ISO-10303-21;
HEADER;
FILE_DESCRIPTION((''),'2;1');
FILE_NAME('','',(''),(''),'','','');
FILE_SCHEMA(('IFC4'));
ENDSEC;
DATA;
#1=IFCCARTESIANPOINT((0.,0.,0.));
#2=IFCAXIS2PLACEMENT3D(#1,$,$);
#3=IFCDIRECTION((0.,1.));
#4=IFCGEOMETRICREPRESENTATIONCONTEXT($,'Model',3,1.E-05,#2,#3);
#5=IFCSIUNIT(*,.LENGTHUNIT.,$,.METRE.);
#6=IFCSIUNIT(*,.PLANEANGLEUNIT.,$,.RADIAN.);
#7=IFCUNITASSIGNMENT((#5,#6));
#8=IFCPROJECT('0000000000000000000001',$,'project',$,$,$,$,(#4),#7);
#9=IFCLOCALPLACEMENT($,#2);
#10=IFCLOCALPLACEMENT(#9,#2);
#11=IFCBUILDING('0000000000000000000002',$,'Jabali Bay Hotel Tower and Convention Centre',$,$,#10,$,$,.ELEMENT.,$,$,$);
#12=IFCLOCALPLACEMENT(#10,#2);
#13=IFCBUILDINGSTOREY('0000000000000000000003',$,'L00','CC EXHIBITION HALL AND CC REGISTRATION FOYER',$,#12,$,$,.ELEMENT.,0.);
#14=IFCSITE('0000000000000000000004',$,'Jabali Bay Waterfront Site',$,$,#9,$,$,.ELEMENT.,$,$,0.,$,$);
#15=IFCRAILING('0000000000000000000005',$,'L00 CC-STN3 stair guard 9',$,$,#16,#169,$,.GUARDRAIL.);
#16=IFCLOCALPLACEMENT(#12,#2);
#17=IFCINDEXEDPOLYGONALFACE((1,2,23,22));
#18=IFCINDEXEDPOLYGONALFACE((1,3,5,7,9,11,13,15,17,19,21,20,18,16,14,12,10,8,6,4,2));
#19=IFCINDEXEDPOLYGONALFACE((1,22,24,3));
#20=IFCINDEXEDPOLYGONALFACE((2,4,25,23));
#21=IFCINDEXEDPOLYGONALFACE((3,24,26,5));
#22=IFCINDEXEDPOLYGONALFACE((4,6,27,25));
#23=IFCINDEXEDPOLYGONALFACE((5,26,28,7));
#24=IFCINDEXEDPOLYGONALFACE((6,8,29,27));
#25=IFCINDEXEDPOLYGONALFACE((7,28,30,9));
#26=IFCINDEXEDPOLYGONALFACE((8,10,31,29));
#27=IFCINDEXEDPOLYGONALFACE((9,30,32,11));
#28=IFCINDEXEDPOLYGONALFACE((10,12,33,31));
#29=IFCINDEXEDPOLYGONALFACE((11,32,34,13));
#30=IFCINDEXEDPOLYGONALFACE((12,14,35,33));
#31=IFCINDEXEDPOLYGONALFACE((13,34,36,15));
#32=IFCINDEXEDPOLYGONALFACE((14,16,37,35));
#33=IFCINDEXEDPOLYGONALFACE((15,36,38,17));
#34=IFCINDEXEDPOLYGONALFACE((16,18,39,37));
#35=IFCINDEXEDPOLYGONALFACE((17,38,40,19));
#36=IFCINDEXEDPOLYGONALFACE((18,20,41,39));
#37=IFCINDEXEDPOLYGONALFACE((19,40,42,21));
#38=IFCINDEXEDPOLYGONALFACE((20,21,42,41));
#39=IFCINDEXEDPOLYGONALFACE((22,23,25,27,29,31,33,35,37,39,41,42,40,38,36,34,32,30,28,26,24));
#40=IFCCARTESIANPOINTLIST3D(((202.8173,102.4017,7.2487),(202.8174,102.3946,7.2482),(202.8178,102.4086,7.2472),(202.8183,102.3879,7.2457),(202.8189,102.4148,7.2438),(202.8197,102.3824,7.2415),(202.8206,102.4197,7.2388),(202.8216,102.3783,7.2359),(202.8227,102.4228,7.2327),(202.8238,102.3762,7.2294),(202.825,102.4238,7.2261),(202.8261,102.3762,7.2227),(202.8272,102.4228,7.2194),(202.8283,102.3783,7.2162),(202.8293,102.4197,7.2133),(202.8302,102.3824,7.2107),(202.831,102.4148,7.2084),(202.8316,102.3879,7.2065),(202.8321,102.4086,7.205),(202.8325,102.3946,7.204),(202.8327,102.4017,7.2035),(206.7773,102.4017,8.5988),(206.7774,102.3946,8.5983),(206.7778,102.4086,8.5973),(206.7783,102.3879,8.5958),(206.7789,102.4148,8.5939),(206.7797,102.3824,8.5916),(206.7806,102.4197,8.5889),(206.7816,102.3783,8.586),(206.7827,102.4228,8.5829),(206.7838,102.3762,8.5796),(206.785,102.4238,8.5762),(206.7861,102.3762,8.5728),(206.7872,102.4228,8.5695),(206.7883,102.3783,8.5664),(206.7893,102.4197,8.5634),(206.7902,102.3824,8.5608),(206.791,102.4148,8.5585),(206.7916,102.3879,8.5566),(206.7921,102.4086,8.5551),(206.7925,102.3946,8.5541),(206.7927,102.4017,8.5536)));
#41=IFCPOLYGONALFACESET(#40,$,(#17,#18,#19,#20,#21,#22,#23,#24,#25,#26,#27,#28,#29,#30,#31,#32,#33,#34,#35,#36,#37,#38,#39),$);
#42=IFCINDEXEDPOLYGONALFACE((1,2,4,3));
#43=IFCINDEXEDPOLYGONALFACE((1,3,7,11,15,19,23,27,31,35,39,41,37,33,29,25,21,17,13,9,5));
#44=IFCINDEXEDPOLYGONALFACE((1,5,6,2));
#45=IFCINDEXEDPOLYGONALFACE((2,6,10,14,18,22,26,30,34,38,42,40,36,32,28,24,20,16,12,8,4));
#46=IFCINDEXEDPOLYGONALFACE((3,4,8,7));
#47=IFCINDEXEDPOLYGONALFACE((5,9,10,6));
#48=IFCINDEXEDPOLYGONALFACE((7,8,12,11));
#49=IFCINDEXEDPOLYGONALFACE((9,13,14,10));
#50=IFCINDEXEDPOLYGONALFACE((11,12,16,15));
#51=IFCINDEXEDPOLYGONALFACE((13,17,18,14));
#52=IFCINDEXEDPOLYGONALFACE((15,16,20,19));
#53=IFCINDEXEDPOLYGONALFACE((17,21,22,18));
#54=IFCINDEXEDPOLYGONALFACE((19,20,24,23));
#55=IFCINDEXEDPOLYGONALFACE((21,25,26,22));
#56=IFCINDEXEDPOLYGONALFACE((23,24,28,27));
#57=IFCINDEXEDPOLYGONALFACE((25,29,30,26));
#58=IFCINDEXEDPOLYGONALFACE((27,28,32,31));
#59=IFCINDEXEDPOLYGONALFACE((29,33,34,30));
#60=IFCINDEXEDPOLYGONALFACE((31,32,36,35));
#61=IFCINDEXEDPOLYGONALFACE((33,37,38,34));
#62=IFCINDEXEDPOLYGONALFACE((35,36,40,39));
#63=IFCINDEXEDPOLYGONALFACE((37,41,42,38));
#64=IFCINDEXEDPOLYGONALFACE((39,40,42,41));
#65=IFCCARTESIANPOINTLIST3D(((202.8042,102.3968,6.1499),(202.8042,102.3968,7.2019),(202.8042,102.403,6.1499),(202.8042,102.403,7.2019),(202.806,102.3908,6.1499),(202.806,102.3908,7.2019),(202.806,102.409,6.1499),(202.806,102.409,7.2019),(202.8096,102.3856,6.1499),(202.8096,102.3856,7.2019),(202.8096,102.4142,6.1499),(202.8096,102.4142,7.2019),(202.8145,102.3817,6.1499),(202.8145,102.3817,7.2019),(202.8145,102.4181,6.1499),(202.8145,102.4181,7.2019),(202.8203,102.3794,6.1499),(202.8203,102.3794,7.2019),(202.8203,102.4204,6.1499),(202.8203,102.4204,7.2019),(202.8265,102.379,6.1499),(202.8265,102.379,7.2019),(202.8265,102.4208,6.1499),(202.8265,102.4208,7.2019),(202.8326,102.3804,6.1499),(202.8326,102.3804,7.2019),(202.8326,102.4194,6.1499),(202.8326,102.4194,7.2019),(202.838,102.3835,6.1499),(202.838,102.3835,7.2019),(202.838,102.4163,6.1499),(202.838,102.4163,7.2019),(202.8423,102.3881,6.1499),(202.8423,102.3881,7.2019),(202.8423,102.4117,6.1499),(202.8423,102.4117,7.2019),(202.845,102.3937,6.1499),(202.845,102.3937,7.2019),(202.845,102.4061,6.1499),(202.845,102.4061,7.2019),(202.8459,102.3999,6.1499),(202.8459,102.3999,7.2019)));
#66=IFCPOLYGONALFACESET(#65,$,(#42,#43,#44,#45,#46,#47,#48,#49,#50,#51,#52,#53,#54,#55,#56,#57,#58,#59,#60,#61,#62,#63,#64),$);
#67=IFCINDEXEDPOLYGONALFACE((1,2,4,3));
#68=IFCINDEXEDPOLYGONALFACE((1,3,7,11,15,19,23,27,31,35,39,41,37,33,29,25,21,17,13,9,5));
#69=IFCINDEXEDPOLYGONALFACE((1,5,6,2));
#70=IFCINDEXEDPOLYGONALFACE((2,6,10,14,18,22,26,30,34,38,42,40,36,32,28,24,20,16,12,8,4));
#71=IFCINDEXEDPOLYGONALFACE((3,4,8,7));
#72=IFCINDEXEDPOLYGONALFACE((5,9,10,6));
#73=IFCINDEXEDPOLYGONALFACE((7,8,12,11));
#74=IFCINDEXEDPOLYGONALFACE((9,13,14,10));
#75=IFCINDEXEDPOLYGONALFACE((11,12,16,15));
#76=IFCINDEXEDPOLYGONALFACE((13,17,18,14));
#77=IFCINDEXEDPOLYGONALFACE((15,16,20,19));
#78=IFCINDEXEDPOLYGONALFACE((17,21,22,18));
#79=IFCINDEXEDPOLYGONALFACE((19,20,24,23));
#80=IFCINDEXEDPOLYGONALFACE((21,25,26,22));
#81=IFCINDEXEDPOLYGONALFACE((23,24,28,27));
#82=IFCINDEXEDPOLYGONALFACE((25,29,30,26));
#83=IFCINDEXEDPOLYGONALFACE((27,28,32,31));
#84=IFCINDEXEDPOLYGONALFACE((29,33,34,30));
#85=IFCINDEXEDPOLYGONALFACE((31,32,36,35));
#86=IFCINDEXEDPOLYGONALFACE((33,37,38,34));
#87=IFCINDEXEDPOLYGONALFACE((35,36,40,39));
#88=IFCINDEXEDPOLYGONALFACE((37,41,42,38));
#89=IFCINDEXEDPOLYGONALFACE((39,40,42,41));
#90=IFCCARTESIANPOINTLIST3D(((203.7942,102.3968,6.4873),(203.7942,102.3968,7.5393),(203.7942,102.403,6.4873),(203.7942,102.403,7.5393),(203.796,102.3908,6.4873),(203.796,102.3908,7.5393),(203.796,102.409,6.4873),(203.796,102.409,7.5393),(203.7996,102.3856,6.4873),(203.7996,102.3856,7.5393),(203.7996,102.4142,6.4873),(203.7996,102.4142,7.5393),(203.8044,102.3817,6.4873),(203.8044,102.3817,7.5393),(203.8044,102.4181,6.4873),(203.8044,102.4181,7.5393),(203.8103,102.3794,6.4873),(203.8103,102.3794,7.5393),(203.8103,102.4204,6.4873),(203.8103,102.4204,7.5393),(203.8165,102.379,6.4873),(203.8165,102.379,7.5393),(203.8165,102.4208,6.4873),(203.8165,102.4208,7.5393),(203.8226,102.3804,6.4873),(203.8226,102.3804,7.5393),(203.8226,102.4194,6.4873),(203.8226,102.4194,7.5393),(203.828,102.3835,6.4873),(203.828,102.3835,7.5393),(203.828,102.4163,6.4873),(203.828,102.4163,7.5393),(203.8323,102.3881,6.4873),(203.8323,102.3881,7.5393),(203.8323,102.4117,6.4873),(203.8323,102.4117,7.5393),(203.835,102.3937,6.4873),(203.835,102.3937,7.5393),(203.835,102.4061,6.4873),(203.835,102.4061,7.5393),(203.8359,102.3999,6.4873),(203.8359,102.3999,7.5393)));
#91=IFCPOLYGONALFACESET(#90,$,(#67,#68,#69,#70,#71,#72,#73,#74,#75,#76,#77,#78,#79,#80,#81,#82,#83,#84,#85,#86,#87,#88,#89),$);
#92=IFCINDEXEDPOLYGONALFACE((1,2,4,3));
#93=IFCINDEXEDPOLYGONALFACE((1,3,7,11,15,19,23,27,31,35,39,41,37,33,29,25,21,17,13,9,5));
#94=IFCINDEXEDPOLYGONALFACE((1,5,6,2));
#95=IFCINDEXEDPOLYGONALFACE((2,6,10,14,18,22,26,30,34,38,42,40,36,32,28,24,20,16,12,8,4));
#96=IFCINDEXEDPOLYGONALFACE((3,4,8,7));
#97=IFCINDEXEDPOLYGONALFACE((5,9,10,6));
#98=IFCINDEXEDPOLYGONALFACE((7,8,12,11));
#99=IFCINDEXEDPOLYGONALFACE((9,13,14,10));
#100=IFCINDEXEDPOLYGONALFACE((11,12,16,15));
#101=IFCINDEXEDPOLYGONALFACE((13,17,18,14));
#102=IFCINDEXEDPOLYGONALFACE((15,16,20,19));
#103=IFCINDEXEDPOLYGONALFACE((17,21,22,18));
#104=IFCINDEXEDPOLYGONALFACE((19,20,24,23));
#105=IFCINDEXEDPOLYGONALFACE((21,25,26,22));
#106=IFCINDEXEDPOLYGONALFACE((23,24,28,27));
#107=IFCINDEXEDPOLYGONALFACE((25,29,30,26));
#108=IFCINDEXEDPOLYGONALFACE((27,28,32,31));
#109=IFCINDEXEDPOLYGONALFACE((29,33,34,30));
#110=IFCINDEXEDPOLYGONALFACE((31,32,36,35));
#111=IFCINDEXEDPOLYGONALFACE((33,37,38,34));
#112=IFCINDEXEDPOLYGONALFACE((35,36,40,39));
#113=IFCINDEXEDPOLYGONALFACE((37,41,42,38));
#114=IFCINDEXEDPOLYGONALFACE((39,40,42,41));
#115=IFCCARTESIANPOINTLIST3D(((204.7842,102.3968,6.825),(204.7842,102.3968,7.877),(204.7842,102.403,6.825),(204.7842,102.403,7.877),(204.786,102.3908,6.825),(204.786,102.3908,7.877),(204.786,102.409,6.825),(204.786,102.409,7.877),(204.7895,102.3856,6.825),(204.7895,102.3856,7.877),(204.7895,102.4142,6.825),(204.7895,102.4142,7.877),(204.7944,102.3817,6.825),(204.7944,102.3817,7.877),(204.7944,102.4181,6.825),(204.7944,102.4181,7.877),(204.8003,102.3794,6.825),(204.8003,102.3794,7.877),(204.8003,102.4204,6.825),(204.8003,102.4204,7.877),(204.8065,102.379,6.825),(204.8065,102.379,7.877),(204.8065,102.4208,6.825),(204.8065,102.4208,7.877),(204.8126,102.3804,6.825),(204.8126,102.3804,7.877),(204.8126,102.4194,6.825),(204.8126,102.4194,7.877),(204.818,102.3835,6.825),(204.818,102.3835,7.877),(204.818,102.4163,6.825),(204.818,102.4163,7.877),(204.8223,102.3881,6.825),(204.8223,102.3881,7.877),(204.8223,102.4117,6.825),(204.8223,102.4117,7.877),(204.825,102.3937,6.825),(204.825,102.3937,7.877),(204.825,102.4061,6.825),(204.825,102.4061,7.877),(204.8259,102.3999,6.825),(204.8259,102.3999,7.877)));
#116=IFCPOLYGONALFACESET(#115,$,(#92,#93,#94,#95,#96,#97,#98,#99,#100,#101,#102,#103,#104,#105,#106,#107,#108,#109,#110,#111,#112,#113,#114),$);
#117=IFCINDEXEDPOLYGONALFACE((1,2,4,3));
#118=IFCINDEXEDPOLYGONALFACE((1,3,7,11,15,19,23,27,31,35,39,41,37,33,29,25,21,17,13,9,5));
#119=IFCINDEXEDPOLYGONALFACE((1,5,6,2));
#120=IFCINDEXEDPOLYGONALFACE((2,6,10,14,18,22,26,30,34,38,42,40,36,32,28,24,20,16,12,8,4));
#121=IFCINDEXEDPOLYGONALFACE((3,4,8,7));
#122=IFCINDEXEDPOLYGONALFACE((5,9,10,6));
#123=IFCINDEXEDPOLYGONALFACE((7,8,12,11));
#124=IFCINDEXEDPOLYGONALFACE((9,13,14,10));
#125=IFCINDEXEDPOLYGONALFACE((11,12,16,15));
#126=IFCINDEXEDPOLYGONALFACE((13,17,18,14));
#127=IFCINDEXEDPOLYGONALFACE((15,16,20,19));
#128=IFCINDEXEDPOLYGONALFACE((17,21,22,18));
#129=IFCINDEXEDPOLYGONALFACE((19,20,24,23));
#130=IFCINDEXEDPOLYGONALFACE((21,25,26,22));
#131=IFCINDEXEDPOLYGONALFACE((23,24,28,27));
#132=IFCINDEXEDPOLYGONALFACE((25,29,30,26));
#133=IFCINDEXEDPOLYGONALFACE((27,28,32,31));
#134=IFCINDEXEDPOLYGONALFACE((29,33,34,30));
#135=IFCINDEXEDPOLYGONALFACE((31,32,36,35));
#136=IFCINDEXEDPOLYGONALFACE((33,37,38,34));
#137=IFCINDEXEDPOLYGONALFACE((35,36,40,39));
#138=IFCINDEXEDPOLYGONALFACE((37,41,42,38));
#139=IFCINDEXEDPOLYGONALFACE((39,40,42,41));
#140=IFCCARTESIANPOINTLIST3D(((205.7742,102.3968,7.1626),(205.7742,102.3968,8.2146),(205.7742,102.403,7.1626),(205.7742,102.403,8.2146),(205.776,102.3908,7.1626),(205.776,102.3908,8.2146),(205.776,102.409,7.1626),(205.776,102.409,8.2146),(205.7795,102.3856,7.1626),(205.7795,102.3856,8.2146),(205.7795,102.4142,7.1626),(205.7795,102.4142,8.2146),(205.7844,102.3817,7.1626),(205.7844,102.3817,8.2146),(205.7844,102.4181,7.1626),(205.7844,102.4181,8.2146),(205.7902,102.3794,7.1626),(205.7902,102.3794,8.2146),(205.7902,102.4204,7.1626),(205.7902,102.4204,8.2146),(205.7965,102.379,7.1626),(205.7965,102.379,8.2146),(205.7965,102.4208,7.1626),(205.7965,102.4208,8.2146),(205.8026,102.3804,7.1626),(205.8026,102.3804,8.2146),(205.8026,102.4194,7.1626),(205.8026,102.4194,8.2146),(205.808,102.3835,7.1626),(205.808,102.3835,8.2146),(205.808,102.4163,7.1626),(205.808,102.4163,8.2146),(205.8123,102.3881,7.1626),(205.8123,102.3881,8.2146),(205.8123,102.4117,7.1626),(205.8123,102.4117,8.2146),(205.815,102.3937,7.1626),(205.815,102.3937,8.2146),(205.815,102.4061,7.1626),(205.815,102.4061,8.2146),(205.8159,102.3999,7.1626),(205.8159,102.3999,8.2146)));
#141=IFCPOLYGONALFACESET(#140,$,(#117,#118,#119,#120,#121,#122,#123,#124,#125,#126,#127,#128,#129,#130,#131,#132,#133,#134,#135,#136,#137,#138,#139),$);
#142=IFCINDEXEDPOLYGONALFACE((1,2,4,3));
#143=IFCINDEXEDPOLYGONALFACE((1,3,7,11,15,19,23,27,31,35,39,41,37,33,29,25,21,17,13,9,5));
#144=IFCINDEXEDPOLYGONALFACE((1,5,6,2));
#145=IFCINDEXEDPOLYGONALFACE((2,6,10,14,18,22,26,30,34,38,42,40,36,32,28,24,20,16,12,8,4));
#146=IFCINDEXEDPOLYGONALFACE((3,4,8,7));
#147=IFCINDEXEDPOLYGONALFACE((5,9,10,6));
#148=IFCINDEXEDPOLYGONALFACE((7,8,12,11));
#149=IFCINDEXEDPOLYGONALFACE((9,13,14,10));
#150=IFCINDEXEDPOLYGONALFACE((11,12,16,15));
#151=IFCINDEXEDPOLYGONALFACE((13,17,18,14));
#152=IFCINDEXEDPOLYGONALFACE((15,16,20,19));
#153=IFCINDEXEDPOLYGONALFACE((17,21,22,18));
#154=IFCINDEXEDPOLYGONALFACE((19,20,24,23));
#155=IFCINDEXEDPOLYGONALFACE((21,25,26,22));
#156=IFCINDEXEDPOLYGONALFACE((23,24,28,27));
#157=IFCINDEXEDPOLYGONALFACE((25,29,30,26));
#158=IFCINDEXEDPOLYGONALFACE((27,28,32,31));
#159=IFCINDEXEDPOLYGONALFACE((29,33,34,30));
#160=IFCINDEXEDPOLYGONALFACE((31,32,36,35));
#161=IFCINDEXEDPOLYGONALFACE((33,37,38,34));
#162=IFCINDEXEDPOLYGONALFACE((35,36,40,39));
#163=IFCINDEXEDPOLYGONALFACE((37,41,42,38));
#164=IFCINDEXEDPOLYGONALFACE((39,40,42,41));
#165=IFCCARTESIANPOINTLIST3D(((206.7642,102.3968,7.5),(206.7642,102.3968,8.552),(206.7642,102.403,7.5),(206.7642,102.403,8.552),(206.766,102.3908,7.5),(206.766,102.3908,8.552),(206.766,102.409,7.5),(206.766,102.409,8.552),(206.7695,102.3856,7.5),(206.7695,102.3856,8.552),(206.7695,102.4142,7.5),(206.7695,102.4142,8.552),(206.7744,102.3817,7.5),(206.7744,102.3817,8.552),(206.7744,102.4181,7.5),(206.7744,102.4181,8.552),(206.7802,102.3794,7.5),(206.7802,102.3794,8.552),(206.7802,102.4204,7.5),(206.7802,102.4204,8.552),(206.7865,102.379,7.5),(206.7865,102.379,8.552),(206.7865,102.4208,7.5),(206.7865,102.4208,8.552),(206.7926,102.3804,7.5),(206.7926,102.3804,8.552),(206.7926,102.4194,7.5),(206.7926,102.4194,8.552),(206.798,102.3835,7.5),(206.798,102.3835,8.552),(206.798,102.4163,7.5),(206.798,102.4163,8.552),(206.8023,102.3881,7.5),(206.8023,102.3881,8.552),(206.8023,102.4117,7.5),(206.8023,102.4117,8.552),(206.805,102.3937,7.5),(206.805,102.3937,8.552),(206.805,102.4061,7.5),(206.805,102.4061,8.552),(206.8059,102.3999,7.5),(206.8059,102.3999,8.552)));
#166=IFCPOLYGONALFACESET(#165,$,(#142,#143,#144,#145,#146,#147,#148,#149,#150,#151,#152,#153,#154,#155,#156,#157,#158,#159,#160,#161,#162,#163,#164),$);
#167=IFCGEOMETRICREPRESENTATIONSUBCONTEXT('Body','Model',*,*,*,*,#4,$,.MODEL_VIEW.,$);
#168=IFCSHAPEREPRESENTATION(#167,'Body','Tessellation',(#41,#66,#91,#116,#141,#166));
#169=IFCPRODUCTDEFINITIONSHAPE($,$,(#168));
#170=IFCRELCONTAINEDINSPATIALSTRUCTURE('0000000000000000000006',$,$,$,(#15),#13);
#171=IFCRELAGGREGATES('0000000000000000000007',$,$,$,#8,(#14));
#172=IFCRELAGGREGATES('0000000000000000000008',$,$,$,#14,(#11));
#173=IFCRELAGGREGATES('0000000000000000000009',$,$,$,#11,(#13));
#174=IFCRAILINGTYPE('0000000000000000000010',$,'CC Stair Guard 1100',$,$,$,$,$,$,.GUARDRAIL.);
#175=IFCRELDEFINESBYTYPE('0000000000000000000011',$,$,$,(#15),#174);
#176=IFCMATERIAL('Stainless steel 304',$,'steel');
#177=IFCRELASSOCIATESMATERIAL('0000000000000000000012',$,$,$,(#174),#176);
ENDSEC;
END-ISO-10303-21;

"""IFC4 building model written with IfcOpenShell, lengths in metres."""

from ifc_helpers import new_model, si_unit, direction, frame, origin, origin_2d, place, context, subcontext, project, spatial, circle, extrude, material, type_object, element, save


model = new_model("IFC4")

# Units and contexts
model_context = context("Model", 3, precision=1e-05, world=origin(), true_north=direction((0.0, 1.0)))
body_context = subcontext(model_context, "Body", "Model", "MODEL_VIEW")
ifc_project = project(units=[si_unit("LENGTHUNIT", "METRE"), si_unit("PLANEANGLEUNIT", "RADIAN")], contexts=[model_context])

# Site, building, storey
site_placement = place(None, origin())
site = spatial("IfcSite", under=ifc_project, at=site_placement, Name="Jabali Bay Waterfront Site", CompositionType="ELEMENT", RefElevation=0.0)
building_placement = place(site_placement, origin())
building = spatial("IfcBuilding", under=site, at=building_placement, Name="Jabali Bay Hotel Tower and Convention Centre", CompositionType="ELEMENT")
storey_placement = place(building_placement, origin())
storey = spatial("IfcBuildingStorey", under=building, at=storey_placement, Name="L00", Description="CC EXHIBITION HALL AND CC REGISTRATION FOYER", CompositionType="ELEMENT", Elevation=0.0)

# Railing
ifc_material_1 = material(Name="Stainless steel 304", Category="steel")
railing_type_1 = type_object("IfcRailingType", Name="CC Stair Guard 1100", PredefinedType="GUARDRAIL", material=ifc_material_1)
railing_1_placement = place(storey_placement, frame((202.825, 102.3999, 6.1499)))
element("IfcRailing", 1, at=railing_1_placement, inside=storey, type_object=railing_type_1, Name="L00 CC-STN3 stair guard 9", PredefinedType="GUARDRAIL", context=body_context, shape_type="SweptSolid", body=[
    extrude(circle(Radius=0.0239, at=origin_2d()), frame((0.0, 0.0, 1.0762), z_axis=(0.946502, 0.0, 0.322698), x_axis=(0.0, 1.0, 0.0)), (0.0, 0.0, 1.0), 4.1838),
    extrude(circle(Radius=0.021, at=origin_2d()), origin(), (0.0, 0.0, 1.0), 1.052),
    extrude(circle(Radius=0.021, at=origin_2d()), frame((0.99, 0.0, 0.3374)), (0.0, 0.0, 1.0), 1.052),
    extrude(circle(Radius=0.021, at=origin_2d()), frame((1.98, 0.0, 0.675)), (0.0, 0.0, 1.0), 1.052),
    extrude(circle(Radius=0.021, at=origin_2d()), frame((2.97, 0.0, 1.0127)), (0.0, 0.0, 1.0), 1.052),
    extrude(circle(Radius=0.021, at=origin_2d()), frame((3.96, 0.0, 1.3501)), (0.0, 0.0, 1.0), 1.052),
])

save(model, "model.ifc")
